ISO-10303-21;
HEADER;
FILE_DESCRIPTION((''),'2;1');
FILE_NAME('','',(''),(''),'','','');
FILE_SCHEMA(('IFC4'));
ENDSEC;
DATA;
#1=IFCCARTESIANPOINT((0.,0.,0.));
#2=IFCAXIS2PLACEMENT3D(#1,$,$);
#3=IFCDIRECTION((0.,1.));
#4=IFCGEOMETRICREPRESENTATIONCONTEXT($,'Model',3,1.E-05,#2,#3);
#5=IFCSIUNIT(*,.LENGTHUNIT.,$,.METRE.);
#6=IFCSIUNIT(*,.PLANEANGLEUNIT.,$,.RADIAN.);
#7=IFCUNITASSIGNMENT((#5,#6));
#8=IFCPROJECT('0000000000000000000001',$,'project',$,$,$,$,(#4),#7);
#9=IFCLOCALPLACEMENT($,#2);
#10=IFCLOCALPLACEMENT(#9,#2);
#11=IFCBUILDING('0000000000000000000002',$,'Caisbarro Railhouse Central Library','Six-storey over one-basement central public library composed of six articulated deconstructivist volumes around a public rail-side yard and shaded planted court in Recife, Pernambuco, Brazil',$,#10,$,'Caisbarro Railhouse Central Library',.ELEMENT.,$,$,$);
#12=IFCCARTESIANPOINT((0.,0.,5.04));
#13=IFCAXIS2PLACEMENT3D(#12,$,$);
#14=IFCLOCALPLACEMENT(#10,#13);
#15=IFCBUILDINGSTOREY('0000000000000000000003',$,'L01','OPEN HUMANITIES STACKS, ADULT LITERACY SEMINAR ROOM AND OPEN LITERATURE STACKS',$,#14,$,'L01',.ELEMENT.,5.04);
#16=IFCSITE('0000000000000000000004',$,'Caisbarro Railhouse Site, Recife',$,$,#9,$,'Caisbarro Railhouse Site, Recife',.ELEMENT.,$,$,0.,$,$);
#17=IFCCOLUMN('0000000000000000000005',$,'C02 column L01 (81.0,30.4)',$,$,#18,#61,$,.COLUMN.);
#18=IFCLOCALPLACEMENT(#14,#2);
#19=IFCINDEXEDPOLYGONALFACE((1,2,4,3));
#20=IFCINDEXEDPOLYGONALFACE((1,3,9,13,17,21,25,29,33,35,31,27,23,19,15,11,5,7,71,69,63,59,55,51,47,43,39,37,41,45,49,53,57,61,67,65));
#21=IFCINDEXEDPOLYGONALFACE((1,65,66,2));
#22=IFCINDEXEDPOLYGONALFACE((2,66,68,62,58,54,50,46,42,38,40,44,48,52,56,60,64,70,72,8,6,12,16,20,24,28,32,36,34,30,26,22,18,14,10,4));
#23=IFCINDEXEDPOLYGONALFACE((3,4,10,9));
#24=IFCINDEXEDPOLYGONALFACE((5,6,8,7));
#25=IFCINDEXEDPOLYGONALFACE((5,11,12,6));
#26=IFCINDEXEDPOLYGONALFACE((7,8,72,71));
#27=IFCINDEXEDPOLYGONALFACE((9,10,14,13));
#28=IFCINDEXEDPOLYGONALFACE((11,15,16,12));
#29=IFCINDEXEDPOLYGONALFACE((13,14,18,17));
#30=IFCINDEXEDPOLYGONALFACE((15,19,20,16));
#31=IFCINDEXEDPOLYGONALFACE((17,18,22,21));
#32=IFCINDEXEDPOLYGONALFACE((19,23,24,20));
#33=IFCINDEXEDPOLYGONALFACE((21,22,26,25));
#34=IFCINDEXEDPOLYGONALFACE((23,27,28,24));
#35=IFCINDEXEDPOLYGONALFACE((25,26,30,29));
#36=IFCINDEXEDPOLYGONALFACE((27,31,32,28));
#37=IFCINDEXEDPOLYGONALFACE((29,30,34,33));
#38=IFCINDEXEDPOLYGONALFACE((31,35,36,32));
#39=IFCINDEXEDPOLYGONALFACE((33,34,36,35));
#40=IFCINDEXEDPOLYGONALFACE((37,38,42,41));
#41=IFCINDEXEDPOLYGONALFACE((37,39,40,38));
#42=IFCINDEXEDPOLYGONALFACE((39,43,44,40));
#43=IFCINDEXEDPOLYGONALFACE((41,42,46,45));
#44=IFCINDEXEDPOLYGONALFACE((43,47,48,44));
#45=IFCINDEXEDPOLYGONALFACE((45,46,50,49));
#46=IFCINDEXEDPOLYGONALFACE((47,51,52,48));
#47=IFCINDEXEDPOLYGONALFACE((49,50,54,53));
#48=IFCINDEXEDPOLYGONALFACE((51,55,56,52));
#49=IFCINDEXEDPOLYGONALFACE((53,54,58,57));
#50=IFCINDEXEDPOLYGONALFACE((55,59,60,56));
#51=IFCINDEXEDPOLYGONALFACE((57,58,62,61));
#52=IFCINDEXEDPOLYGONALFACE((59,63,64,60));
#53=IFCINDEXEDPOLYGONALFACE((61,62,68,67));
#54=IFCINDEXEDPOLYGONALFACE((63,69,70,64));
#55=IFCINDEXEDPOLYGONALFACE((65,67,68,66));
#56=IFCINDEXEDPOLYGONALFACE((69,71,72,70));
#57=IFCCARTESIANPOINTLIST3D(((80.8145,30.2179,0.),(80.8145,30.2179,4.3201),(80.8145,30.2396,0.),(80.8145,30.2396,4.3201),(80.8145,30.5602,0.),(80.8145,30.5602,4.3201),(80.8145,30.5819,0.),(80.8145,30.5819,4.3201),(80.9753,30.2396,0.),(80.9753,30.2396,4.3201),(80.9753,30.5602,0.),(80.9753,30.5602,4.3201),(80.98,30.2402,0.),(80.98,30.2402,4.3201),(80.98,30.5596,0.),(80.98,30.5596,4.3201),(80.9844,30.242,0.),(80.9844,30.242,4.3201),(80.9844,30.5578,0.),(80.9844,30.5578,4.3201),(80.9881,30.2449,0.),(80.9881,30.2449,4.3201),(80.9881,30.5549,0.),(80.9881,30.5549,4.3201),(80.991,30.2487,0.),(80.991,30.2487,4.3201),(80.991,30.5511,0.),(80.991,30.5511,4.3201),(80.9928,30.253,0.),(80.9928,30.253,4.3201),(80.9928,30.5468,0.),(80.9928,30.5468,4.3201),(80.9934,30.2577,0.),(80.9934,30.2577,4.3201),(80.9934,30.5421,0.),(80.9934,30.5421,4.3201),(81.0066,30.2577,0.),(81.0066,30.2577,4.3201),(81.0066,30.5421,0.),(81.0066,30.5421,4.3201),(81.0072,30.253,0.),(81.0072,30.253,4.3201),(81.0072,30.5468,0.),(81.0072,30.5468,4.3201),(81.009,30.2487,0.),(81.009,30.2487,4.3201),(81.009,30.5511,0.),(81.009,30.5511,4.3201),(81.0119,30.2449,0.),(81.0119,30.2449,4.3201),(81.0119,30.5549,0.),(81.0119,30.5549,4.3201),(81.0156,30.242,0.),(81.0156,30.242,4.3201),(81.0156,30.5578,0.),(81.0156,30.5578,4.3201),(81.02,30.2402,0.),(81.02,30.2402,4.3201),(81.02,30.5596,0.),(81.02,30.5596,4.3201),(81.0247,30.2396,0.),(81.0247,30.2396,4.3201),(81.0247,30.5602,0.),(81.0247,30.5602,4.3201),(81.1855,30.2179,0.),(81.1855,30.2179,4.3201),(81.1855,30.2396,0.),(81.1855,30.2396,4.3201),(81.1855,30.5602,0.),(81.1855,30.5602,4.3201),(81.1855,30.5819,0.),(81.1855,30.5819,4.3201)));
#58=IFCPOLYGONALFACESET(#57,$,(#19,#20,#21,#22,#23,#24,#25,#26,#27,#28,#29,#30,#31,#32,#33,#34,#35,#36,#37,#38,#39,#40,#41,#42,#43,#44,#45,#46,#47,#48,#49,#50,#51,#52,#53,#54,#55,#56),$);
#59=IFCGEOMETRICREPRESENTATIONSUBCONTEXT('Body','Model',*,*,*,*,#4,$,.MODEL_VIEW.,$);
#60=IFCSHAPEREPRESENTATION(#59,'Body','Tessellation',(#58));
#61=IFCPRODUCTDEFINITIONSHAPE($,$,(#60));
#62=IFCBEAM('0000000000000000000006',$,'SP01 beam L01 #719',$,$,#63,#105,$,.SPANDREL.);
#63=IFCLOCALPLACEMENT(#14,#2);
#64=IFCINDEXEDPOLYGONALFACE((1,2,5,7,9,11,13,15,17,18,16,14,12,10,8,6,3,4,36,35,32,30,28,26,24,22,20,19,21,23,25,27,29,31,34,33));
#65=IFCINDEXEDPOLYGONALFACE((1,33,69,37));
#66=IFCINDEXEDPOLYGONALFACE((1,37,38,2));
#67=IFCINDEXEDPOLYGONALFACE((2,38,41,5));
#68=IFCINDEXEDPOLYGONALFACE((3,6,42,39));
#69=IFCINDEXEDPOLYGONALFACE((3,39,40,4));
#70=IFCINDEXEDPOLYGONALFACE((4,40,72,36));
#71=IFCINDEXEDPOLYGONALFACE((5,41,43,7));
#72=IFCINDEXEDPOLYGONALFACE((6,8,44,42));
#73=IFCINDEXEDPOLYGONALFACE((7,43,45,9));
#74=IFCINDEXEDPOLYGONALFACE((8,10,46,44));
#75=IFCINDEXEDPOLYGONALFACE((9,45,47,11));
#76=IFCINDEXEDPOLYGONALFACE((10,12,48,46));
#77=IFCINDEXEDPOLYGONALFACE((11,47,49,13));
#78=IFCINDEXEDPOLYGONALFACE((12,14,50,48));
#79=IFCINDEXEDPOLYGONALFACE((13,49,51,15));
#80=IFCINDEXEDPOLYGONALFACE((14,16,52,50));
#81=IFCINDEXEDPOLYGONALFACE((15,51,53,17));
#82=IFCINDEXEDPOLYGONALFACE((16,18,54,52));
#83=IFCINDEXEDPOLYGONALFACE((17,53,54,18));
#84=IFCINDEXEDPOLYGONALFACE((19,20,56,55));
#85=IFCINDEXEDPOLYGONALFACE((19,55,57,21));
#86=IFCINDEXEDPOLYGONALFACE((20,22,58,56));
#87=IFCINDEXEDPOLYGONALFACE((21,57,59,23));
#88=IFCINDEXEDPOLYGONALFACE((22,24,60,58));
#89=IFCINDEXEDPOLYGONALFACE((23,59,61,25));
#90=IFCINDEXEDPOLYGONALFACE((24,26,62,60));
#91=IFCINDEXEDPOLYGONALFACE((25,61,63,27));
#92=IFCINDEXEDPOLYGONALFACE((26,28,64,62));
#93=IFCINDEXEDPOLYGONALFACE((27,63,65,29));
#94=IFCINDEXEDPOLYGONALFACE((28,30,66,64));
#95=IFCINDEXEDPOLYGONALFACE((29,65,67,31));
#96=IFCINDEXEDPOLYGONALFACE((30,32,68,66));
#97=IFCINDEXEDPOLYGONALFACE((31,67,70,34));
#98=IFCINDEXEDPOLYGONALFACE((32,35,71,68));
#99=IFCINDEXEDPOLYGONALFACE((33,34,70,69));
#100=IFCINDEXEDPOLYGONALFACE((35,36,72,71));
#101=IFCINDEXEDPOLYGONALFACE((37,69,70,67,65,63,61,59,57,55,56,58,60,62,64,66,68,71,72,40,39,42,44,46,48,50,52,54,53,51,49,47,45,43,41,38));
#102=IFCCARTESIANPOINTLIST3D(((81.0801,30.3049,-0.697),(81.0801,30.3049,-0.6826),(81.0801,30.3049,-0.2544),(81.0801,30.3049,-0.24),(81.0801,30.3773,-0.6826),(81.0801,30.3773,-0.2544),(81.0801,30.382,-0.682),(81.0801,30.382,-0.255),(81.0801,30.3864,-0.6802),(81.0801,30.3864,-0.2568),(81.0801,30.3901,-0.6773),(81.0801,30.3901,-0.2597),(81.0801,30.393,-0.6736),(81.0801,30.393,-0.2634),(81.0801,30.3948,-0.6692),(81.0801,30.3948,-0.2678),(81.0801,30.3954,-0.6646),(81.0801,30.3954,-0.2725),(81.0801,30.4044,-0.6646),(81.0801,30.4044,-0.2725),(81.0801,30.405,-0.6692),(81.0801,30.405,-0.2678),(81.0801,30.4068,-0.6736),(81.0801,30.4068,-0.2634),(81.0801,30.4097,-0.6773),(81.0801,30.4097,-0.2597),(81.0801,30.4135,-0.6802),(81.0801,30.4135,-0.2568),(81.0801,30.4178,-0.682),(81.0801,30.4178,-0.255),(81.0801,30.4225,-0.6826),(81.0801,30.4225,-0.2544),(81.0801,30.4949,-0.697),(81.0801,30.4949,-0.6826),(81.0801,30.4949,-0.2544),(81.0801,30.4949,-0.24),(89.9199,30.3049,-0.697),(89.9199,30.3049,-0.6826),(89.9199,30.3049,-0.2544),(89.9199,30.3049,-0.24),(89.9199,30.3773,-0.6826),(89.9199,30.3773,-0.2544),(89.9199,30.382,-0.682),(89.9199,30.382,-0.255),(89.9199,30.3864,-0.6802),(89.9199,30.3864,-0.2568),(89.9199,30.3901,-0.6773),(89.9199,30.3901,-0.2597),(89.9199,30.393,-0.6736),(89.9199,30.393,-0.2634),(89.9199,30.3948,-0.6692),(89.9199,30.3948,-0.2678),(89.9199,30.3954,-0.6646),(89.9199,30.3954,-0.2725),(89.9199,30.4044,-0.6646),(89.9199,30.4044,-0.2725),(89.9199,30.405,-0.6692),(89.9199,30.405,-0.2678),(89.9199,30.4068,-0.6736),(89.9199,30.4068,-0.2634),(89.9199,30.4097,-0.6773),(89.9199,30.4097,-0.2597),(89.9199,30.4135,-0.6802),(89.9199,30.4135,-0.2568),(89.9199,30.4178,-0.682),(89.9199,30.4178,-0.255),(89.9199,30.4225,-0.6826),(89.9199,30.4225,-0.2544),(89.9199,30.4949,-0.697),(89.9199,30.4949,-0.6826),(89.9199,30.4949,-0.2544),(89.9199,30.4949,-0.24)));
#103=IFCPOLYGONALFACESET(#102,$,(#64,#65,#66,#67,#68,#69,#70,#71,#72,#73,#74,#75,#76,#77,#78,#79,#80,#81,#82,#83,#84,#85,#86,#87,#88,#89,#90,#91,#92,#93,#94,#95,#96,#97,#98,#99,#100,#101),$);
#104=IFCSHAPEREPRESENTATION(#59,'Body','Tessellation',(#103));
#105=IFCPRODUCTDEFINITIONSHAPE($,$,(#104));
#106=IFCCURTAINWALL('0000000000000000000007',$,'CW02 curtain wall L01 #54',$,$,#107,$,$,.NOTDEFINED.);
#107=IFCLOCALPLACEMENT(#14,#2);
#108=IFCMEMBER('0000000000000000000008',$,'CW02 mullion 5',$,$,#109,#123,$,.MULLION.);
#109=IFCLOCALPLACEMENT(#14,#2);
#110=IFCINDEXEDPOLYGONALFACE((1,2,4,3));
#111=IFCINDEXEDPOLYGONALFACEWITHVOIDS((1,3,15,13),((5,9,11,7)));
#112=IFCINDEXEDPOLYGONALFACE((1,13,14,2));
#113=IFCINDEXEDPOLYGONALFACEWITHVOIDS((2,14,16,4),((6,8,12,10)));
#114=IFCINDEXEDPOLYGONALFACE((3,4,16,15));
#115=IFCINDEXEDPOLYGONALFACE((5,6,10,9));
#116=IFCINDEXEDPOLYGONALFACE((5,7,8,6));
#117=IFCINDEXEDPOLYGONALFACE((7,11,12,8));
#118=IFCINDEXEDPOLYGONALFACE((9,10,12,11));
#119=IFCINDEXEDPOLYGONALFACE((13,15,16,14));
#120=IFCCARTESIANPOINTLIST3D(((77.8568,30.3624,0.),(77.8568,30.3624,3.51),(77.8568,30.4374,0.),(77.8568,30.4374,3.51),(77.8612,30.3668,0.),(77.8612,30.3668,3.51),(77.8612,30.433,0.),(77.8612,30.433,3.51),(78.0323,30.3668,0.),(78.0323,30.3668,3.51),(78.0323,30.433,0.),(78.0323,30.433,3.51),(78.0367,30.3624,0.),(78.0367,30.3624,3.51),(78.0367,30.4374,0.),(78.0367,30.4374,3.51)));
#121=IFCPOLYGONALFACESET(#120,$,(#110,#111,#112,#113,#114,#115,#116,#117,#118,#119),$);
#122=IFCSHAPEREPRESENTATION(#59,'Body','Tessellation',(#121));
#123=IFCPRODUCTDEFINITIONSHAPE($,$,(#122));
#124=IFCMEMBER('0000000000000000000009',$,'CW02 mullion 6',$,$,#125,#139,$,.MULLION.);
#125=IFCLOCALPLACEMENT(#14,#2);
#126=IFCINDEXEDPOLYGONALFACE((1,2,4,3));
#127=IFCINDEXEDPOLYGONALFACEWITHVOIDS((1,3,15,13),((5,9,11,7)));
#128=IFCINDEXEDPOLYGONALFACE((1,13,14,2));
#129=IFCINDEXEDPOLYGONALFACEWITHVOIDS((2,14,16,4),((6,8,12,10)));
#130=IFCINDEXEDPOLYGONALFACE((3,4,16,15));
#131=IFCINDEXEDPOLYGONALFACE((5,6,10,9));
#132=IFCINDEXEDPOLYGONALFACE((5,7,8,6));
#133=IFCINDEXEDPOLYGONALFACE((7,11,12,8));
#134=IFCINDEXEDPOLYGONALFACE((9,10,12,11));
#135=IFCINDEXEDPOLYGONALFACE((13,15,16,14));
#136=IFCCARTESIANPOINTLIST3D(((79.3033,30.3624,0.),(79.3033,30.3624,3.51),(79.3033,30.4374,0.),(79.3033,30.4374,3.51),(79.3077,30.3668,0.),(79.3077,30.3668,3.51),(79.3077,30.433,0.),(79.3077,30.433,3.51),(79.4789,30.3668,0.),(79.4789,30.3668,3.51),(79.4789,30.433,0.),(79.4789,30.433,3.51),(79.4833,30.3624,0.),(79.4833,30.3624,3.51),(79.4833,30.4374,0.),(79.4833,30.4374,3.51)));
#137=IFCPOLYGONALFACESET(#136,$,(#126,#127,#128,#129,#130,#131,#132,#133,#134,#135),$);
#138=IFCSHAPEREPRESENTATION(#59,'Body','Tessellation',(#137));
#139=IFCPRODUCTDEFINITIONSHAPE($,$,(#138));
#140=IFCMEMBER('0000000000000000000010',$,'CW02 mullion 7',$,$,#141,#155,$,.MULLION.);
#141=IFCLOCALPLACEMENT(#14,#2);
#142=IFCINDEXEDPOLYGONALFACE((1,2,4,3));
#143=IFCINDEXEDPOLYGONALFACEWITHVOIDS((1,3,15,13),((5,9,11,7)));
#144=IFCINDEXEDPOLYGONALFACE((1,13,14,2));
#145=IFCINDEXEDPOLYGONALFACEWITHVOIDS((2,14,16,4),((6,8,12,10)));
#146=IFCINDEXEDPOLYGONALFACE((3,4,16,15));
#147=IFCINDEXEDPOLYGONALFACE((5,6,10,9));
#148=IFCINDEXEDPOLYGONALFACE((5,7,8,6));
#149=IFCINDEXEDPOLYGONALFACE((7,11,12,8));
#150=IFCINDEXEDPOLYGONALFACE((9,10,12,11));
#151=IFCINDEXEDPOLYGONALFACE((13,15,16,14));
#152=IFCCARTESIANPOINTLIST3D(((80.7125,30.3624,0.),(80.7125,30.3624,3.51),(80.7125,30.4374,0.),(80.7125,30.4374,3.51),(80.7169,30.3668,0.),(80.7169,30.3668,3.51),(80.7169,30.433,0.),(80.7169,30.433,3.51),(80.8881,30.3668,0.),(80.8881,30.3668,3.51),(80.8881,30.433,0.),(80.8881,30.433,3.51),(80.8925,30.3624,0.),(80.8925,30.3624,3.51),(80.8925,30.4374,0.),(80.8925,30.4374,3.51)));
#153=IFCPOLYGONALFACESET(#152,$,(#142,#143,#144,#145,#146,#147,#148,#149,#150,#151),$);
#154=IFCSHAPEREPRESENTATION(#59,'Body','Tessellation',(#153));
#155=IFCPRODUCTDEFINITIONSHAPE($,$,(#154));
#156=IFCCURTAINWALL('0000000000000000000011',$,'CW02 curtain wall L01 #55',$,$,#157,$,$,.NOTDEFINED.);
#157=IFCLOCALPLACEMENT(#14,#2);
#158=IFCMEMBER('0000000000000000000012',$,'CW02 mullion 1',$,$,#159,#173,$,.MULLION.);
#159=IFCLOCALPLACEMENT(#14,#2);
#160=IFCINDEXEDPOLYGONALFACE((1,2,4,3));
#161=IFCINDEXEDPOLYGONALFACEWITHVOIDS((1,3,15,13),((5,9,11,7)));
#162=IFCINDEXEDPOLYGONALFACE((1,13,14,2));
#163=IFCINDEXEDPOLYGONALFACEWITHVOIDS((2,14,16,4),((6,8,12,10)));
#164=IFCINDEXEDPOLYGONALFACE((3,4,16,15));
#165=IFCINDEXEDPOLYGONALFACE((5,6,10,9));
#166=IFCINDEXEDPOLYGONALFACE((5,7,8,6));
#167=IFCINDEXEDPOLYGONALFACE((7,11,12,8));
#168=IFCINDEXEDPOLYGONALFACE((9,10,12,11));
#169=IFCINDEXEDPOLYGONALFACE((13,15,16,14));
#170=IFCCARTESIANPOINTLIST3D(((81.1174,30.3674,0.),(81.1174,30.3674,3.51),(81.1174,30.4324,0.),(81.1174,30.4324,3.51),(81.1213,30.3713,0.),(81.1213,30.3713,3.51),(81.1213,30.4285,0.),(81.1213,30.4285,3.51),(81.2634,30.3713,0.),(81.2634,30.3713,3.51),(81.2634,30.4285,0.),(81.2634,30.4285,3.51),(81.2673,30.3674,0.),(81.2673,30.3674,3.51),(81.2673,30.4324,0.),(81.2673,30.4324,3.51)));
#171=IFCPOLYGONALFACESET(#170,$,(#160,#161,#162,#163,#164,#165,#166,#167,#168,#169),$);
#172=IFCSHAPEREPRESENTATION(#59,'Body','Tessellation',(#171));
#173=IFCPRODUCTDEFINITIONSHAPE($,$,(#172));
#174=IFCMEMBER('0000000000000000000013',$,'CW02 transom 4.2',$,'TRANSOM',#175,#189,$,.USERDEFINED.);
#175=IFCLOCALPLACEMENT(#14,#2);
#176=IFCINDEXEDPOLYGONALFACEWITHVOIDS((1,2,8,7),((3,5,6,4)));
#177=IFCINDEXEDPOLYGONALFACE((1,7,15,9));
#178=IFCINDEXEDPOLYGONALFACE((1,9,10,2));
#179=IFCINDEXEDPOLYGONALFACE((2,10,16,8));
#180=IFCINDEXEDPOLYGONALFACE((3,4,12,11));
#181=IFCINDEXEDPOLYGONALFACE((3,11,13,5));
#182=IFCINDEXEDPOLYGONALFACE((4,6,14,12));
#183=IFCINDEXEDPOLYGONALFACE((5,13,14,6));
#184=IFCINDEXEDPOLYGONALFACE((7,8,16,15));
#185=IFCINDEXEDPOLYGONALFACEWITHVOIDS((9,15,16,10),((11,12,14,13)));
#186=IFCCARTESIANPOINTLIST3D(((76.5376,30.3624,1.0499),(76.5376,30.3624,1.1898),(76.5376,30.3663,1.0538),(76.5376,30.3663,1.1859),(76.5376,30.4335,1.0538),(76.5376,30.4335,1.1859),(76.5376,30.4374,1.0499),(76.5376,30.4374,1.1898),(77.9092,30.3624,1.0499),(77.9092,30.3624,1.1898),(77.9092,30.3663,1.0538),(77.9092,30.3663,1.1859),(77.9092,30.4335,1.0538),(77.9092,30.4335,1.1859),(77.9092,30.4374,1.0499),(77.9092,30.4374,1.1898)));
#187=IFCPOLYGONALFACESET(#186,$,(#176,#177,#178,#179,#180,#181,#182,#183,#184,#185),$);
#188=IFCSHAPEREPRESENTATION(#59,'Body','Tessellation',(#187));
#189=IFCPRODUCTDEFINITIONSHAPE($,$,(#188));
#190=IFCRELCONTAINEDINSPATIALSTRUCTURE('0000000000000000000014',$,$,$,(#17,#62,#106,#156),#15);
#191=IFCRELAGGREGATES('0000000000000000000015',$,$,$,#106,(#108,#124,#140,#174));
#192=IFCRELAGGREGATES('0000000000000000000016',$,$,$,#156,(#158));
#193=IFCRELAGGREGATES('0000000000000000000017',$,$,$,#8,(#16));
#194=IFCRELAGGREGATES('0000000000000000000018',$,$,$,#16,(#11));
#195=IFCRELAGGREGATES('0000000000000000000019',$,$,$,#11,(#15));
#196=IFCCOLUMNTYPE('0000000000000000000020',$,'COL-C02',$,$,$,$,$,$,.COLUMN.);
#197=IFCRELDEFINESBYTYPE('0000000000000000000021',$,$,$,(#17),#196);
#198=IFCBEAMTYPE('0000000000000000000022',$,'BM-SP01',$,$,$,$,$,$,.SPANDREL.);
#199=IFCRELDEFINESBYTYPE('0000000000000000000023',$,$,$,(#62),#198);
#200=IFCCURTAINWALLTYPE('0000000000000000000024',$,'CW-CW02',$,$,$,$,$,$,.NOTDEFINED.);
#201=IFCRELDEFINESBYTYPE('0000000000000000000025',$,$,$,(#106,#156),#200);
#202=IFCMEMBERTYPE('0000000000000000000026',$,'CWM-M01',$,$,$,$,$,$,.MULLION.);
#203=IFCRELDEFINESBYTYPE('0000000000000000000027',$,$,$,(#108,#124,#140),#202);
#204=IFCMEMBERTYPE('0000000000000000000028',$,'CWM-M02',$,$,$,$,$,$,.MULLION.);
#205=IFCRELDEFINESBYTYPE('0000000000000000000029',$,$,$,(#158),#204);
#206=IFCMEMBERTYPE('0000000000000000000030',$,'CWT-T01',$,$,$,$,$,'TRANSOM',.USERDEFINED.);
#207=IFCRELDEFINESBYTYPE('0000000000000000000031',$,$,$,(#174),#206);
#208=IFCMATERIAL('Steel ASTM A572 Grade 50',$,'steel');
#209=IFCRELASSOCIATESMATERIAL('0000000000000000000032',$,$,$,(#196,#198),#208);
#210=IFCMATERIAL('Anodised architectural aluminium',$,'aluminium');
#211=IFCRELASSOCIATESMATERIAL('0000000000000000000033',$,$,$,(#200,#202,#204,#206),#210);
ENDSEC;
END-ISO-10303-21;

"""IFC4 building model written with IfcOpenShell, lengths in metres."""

from ifc_helpers import new_model, si_unit, direction, frame, origin, origin_2d, place, context, subcontext, project, spatial, hollow_rectangle, i_section, extrude, material, material_profile, profile_set, type_object, element, aggregate, save


model = new_model("IFC4")

# Units and contexts
model_context = context("Model", 3, precision=1e-05, world=origin(), true_north=direction((0.0, 1.0)))
body_context = subcontext(model_context, "Body", "Model", "MODEL_VIEW")
ifc_project = project(units=[si_unit("LENGTHUNIT", "METRE"), si_unit("PLANEANGLEUNIT", "RADIAN")], contexts=[model_context])

# Site, building, storey
site_placement = place(None, origin())
site = spatial("IfcSite", under=ifc_project, at=site_placement, Name="Caisbarro Railhouse Site, Recife", LongName="Caisbarro Railhouse Site, Recife", CompositionType="ELEMENT", RefElevation=0.0)
building_placement = place(site_placement, origin())
building = spatial("IfcBuilding", under=site, at=building_placement, Name="Caisbarro Railhouse Central Library", Description="Six-storey over one-basement central public library composed of six articulated deconstructivist volumes around a public rail-side yard and shaded planted court in Recife, Pernambuco, Brazil", LongName="Caisbarro Railhouse Central Library", CompositionType="ELEMENT")
storey_placement = place(building_placement, frame((0.0, 0.0, 5.04)))
storey = spatial("IfcBuildingStorey", under=building, at=storey_placement, Name="L01", Description="OPEN HUMANITIES STACKS, ADULT LITERACY SEMINAR ROOM AND OPEN LITERATURE STACKS", LongName="L01", CompositionType="ELEMENT", Elevation=5.04)

# Column
ifc_material_1 = material(Name="Steel ASTM A572 Grade 50", Category="steel")
ifc_material_profile_1 = material_profile(ifc_material_1, i_section(OverallWidth=0.3711, OverallDepth=0.364, WebThickness=0.0132, FlangeThickness=0.0217, FilletRadius=0.0181, at=origin_2d()), Name="W360X162.0")
ifc_profile_set_1 = profile_set([ifc_material_profile_1], Name="Steel ASTM A572 Grade 50")
column_type = type_object("IfcColumnType", Name="COL-C02", PredefinedType="COLUMN", material=ifc_profile_set_1)
column_placement = place(storey_placement, frame((81.0, 30.3999, 0.0), z_axis=(0.0, 0.0, 1.0), x_axis=(1.0, 0.0, 0.0)))
element("IfcColumn", 1, at=column_placement, inside=storey, type_object=column_type, Name="C02 column L01 (81.0,30.4)", PredefinedType="COLUMN", context=body_context, shape_type="SweptSolid", body=[
    extrude(i_section(OverallWidth=0.3711, OverallDepth=0.364, WebThickness=0.0132, FlangeThickness=0.0217, FilletRadius=0.0181, at=origin_2d()), origin(), (0.0, 0.0, 1.0), 4.3201),
])

# Beam
ifc_material_profile_2 = material_profile(ifc_material_1, i_section(OverallWidth=0.1899, OverallDepth=0.457, WebThickness=0.009, FlangeThickness=0.0144, FilletRadius=0.0181, at=origin_2d()), Name="W460X74.0")
ifc_profile_set_2 = profile_set([ifc_material_profile_2], Name="Steel ASTM A572 Grade 50")
beam_type = type_object("IfcBeamType", Name="BM-SP01", PredefinedType="SPANDREL", material=ifc_profile_set_2)
beam_placement = place(storey_placement, frame((81.0801, 30.3999, -0.4685), z_axis=(1.0, 0.0, 0.0), x_axis=(0.0, 1.0, 0.0)))
element("IfcBeam", 2, at=beam_placement, inside=storey, type_object=beam_type, Name="SP01 beam L01 #719", PredefinedType="SPANDREL", context=body_context, shape_type="SweptSolid", body=[
    extrude(i_section(OverallWidth=0.1899, OverallDepth=0.457, WebThickness=0.009, FlangeThickness=0.0144, FilletRadius=0.0181, at=origin_2d()), origin(), (0.0, 0.0, 1.0), 8.8398),
])

# Curtain wall, members
ifc_material_2 = material(Name="Anodised architectural aluminium", Category="aluminium")
curtain_wall_type = type_object("IfcCurtainWallType", Name="CW-CW02", PredefinedType="NOTDEFINED", material=ifc_material_2)
curtain_wall_1_placement = place(storey_placement, origin())
curtain_wall_1 = element("IfcCurtainWall", 3, at=curtain_wall_1_placement, inside=storey, type_object=curtain_wall_type, Name="CW02 curtain wall L01 #54", PredefinedType="NOTDEFINED")
ifc_material_profile_3 = material_profile(ifc_material_2, hollow_rectangle(XDim=0.075, YDim=0.1799, WallThickness=0.0044, at=origin_2d()), Name="ALU-MUL-75X180")
ifc_profile_set_3 = profile_set([ifc_material_profile_3], Name="Anodised architectural aluminium")
member_type_1 = type_object("IfcMemberType", Name="CWM-M01", PredefinedType="MULLION", material=ifc_profile_set_3)
member_1_placement = place(storey_placement, frame((77.9468, 30.3999, 0.0), z_axis=(0.0, 0.0, 1.0), x_axis=(0.0, 1.0, 0.0)))
member_1 = element("IfcMember", 4, at=member_1_placement, type_object=member_type_1, Name="CW02 mullion 5", PredefinedType="MULLION", context=body_context, shape_type="SweptSolid", body=[
    extrude(hollow_rectangle(XDim=0.075, YDim=0.1799, WallThickness=0.0044, at=origin_2d()), origin(), (0.0, 0.0, 1.0), 3.51),
])
member_2_placement = place(storey_placement, frame((79.3933, 30.3999, 0.0), z_axis=(0.0, 0.0, 1.0), x_axis=(0.0, 1.0, 0.0)))
member_2 = element("IfcMember", 5, at=member_2_placement, type_object=member_type_1, Name="CW02 mullion 6", PredefinedType="MULLION", context=body_context, shape_type="SweptSolid", body=[
    extrude(hollow_rectangle(XDim=0.075, YDim=0.1799, WallThickness=0.0044, at=origin_2d()), origin(), (0.0, 0.0, 1.0), 3.51),
])
member_3_placement = place(storey_placement, frame((80.8025, 30.3999, 0.0), z_axis=(0.0, 0.0, 1.0), x_axis=(0.0, 1.0, 0.0)))
member_3 = element("IfcMember", 6, at=member_3_placement, type_object=member_type_1, Name="CW02 mullion 7", PredefinedType="MULLION", context=body_context, shape_type="SweptSolid", body=[
    extrude(hollow_rectangle(XDim=0.075, YDim=0.1799, WallThickness=0.0044, at=origin_2d()), origin(), (0.0, 0.0, 1.0), 3.51),
])

# Curtain wall, member
curtain_wall_2_placement = place(storey_placement, origin())
curtain_wall_2 = element("IfcCurtainWall", 7, at=curtain_wall_2_placement, inside=storey, type_object=curtain_wall_type, Name="CW02 curtain wall L01 #55", PredefinedType="NOTDEFINED")
ifc_material_profile_4 = material_profile(ifc_material_2, hollow_rectangle(XDim=0.0649, YDim=0.1499, WallThickness=0.0039, at=origin_2d()), Name="ALU-MUL-65X150")
ifc_profile_set_4 = profile_set([ifc_material_profile_4], Name="Anodised architectural aluminium")
member_type_2 = type_object("IfcMemberType", Name="CWM-M02", PredefinedType="MULLION", material=ifc_profile_set_4)
member_4_placement = place(storey_placement, frame((81.1924, 30.3999, 0.0), z_axis=(0.0, 0.0, 1.0), x_axis=(0.0, 1.0, 0.0)))
member_4 = element("IfcMember", 8, at=member_4_placement, type_object=member_type_2, Name="CW02 mullion 1", PredefinedType="MULLION", context=body_context, shape_type="SweptSolid", body=[
    extrude(hollow_rectangle(XDim=0.0649, YDim=0.1499, WallThickness=0.0039, at=origin_2d()), origin(), (0.0, 0.0, 1.0), 3.51),
])

# Member
ifc_material_profile_5 = material_profile(ifc_material_2, hollow_rectangle(XDim=0.075, YDim=0.1399, WallThickness=0.0039, at=origin_2d()), Name="ALU-TRN-75X140")
ifc_profile_set_5 = profile_set([ifc_material_profile_5], Name="Anodised architectural aluminium")
member_type_3 = type_object("IfcMemberType", Name="CWT-T01", ElementType="TRANSOM", PredefinedType="USERDEFINED", material=ifc_profile_set_5)
member_5_placement = place(storey_placement, frame((76.5376, 30.3999, 1.1199), z_axis=(1.0, 0.0, 0.0), x_axis=(0.0, 1.0, 0.0)))
member_5 = element("IfcMember", 9, at=member_5_placement, type_object=member_type_3, Name="CW02 transom 4.2", ObjectType="TRANSOM", PredefinedType="USERDEFINED", context=body_context, shape_type="SweptSolid", body=[
    extrude(hollow_rectangle(XDim=0.075, YDim=0.1399, WallThickness=0.0039, at=origin_2d()), origin(), (0.0, 0.0, 1.0), 1.3716),
])

aggregate(curtain_wall_1, [member_1, member_2, member_3, member_5])
aggregate(curtain_wall_2, [member_4])

save(model, "model.ifc")
